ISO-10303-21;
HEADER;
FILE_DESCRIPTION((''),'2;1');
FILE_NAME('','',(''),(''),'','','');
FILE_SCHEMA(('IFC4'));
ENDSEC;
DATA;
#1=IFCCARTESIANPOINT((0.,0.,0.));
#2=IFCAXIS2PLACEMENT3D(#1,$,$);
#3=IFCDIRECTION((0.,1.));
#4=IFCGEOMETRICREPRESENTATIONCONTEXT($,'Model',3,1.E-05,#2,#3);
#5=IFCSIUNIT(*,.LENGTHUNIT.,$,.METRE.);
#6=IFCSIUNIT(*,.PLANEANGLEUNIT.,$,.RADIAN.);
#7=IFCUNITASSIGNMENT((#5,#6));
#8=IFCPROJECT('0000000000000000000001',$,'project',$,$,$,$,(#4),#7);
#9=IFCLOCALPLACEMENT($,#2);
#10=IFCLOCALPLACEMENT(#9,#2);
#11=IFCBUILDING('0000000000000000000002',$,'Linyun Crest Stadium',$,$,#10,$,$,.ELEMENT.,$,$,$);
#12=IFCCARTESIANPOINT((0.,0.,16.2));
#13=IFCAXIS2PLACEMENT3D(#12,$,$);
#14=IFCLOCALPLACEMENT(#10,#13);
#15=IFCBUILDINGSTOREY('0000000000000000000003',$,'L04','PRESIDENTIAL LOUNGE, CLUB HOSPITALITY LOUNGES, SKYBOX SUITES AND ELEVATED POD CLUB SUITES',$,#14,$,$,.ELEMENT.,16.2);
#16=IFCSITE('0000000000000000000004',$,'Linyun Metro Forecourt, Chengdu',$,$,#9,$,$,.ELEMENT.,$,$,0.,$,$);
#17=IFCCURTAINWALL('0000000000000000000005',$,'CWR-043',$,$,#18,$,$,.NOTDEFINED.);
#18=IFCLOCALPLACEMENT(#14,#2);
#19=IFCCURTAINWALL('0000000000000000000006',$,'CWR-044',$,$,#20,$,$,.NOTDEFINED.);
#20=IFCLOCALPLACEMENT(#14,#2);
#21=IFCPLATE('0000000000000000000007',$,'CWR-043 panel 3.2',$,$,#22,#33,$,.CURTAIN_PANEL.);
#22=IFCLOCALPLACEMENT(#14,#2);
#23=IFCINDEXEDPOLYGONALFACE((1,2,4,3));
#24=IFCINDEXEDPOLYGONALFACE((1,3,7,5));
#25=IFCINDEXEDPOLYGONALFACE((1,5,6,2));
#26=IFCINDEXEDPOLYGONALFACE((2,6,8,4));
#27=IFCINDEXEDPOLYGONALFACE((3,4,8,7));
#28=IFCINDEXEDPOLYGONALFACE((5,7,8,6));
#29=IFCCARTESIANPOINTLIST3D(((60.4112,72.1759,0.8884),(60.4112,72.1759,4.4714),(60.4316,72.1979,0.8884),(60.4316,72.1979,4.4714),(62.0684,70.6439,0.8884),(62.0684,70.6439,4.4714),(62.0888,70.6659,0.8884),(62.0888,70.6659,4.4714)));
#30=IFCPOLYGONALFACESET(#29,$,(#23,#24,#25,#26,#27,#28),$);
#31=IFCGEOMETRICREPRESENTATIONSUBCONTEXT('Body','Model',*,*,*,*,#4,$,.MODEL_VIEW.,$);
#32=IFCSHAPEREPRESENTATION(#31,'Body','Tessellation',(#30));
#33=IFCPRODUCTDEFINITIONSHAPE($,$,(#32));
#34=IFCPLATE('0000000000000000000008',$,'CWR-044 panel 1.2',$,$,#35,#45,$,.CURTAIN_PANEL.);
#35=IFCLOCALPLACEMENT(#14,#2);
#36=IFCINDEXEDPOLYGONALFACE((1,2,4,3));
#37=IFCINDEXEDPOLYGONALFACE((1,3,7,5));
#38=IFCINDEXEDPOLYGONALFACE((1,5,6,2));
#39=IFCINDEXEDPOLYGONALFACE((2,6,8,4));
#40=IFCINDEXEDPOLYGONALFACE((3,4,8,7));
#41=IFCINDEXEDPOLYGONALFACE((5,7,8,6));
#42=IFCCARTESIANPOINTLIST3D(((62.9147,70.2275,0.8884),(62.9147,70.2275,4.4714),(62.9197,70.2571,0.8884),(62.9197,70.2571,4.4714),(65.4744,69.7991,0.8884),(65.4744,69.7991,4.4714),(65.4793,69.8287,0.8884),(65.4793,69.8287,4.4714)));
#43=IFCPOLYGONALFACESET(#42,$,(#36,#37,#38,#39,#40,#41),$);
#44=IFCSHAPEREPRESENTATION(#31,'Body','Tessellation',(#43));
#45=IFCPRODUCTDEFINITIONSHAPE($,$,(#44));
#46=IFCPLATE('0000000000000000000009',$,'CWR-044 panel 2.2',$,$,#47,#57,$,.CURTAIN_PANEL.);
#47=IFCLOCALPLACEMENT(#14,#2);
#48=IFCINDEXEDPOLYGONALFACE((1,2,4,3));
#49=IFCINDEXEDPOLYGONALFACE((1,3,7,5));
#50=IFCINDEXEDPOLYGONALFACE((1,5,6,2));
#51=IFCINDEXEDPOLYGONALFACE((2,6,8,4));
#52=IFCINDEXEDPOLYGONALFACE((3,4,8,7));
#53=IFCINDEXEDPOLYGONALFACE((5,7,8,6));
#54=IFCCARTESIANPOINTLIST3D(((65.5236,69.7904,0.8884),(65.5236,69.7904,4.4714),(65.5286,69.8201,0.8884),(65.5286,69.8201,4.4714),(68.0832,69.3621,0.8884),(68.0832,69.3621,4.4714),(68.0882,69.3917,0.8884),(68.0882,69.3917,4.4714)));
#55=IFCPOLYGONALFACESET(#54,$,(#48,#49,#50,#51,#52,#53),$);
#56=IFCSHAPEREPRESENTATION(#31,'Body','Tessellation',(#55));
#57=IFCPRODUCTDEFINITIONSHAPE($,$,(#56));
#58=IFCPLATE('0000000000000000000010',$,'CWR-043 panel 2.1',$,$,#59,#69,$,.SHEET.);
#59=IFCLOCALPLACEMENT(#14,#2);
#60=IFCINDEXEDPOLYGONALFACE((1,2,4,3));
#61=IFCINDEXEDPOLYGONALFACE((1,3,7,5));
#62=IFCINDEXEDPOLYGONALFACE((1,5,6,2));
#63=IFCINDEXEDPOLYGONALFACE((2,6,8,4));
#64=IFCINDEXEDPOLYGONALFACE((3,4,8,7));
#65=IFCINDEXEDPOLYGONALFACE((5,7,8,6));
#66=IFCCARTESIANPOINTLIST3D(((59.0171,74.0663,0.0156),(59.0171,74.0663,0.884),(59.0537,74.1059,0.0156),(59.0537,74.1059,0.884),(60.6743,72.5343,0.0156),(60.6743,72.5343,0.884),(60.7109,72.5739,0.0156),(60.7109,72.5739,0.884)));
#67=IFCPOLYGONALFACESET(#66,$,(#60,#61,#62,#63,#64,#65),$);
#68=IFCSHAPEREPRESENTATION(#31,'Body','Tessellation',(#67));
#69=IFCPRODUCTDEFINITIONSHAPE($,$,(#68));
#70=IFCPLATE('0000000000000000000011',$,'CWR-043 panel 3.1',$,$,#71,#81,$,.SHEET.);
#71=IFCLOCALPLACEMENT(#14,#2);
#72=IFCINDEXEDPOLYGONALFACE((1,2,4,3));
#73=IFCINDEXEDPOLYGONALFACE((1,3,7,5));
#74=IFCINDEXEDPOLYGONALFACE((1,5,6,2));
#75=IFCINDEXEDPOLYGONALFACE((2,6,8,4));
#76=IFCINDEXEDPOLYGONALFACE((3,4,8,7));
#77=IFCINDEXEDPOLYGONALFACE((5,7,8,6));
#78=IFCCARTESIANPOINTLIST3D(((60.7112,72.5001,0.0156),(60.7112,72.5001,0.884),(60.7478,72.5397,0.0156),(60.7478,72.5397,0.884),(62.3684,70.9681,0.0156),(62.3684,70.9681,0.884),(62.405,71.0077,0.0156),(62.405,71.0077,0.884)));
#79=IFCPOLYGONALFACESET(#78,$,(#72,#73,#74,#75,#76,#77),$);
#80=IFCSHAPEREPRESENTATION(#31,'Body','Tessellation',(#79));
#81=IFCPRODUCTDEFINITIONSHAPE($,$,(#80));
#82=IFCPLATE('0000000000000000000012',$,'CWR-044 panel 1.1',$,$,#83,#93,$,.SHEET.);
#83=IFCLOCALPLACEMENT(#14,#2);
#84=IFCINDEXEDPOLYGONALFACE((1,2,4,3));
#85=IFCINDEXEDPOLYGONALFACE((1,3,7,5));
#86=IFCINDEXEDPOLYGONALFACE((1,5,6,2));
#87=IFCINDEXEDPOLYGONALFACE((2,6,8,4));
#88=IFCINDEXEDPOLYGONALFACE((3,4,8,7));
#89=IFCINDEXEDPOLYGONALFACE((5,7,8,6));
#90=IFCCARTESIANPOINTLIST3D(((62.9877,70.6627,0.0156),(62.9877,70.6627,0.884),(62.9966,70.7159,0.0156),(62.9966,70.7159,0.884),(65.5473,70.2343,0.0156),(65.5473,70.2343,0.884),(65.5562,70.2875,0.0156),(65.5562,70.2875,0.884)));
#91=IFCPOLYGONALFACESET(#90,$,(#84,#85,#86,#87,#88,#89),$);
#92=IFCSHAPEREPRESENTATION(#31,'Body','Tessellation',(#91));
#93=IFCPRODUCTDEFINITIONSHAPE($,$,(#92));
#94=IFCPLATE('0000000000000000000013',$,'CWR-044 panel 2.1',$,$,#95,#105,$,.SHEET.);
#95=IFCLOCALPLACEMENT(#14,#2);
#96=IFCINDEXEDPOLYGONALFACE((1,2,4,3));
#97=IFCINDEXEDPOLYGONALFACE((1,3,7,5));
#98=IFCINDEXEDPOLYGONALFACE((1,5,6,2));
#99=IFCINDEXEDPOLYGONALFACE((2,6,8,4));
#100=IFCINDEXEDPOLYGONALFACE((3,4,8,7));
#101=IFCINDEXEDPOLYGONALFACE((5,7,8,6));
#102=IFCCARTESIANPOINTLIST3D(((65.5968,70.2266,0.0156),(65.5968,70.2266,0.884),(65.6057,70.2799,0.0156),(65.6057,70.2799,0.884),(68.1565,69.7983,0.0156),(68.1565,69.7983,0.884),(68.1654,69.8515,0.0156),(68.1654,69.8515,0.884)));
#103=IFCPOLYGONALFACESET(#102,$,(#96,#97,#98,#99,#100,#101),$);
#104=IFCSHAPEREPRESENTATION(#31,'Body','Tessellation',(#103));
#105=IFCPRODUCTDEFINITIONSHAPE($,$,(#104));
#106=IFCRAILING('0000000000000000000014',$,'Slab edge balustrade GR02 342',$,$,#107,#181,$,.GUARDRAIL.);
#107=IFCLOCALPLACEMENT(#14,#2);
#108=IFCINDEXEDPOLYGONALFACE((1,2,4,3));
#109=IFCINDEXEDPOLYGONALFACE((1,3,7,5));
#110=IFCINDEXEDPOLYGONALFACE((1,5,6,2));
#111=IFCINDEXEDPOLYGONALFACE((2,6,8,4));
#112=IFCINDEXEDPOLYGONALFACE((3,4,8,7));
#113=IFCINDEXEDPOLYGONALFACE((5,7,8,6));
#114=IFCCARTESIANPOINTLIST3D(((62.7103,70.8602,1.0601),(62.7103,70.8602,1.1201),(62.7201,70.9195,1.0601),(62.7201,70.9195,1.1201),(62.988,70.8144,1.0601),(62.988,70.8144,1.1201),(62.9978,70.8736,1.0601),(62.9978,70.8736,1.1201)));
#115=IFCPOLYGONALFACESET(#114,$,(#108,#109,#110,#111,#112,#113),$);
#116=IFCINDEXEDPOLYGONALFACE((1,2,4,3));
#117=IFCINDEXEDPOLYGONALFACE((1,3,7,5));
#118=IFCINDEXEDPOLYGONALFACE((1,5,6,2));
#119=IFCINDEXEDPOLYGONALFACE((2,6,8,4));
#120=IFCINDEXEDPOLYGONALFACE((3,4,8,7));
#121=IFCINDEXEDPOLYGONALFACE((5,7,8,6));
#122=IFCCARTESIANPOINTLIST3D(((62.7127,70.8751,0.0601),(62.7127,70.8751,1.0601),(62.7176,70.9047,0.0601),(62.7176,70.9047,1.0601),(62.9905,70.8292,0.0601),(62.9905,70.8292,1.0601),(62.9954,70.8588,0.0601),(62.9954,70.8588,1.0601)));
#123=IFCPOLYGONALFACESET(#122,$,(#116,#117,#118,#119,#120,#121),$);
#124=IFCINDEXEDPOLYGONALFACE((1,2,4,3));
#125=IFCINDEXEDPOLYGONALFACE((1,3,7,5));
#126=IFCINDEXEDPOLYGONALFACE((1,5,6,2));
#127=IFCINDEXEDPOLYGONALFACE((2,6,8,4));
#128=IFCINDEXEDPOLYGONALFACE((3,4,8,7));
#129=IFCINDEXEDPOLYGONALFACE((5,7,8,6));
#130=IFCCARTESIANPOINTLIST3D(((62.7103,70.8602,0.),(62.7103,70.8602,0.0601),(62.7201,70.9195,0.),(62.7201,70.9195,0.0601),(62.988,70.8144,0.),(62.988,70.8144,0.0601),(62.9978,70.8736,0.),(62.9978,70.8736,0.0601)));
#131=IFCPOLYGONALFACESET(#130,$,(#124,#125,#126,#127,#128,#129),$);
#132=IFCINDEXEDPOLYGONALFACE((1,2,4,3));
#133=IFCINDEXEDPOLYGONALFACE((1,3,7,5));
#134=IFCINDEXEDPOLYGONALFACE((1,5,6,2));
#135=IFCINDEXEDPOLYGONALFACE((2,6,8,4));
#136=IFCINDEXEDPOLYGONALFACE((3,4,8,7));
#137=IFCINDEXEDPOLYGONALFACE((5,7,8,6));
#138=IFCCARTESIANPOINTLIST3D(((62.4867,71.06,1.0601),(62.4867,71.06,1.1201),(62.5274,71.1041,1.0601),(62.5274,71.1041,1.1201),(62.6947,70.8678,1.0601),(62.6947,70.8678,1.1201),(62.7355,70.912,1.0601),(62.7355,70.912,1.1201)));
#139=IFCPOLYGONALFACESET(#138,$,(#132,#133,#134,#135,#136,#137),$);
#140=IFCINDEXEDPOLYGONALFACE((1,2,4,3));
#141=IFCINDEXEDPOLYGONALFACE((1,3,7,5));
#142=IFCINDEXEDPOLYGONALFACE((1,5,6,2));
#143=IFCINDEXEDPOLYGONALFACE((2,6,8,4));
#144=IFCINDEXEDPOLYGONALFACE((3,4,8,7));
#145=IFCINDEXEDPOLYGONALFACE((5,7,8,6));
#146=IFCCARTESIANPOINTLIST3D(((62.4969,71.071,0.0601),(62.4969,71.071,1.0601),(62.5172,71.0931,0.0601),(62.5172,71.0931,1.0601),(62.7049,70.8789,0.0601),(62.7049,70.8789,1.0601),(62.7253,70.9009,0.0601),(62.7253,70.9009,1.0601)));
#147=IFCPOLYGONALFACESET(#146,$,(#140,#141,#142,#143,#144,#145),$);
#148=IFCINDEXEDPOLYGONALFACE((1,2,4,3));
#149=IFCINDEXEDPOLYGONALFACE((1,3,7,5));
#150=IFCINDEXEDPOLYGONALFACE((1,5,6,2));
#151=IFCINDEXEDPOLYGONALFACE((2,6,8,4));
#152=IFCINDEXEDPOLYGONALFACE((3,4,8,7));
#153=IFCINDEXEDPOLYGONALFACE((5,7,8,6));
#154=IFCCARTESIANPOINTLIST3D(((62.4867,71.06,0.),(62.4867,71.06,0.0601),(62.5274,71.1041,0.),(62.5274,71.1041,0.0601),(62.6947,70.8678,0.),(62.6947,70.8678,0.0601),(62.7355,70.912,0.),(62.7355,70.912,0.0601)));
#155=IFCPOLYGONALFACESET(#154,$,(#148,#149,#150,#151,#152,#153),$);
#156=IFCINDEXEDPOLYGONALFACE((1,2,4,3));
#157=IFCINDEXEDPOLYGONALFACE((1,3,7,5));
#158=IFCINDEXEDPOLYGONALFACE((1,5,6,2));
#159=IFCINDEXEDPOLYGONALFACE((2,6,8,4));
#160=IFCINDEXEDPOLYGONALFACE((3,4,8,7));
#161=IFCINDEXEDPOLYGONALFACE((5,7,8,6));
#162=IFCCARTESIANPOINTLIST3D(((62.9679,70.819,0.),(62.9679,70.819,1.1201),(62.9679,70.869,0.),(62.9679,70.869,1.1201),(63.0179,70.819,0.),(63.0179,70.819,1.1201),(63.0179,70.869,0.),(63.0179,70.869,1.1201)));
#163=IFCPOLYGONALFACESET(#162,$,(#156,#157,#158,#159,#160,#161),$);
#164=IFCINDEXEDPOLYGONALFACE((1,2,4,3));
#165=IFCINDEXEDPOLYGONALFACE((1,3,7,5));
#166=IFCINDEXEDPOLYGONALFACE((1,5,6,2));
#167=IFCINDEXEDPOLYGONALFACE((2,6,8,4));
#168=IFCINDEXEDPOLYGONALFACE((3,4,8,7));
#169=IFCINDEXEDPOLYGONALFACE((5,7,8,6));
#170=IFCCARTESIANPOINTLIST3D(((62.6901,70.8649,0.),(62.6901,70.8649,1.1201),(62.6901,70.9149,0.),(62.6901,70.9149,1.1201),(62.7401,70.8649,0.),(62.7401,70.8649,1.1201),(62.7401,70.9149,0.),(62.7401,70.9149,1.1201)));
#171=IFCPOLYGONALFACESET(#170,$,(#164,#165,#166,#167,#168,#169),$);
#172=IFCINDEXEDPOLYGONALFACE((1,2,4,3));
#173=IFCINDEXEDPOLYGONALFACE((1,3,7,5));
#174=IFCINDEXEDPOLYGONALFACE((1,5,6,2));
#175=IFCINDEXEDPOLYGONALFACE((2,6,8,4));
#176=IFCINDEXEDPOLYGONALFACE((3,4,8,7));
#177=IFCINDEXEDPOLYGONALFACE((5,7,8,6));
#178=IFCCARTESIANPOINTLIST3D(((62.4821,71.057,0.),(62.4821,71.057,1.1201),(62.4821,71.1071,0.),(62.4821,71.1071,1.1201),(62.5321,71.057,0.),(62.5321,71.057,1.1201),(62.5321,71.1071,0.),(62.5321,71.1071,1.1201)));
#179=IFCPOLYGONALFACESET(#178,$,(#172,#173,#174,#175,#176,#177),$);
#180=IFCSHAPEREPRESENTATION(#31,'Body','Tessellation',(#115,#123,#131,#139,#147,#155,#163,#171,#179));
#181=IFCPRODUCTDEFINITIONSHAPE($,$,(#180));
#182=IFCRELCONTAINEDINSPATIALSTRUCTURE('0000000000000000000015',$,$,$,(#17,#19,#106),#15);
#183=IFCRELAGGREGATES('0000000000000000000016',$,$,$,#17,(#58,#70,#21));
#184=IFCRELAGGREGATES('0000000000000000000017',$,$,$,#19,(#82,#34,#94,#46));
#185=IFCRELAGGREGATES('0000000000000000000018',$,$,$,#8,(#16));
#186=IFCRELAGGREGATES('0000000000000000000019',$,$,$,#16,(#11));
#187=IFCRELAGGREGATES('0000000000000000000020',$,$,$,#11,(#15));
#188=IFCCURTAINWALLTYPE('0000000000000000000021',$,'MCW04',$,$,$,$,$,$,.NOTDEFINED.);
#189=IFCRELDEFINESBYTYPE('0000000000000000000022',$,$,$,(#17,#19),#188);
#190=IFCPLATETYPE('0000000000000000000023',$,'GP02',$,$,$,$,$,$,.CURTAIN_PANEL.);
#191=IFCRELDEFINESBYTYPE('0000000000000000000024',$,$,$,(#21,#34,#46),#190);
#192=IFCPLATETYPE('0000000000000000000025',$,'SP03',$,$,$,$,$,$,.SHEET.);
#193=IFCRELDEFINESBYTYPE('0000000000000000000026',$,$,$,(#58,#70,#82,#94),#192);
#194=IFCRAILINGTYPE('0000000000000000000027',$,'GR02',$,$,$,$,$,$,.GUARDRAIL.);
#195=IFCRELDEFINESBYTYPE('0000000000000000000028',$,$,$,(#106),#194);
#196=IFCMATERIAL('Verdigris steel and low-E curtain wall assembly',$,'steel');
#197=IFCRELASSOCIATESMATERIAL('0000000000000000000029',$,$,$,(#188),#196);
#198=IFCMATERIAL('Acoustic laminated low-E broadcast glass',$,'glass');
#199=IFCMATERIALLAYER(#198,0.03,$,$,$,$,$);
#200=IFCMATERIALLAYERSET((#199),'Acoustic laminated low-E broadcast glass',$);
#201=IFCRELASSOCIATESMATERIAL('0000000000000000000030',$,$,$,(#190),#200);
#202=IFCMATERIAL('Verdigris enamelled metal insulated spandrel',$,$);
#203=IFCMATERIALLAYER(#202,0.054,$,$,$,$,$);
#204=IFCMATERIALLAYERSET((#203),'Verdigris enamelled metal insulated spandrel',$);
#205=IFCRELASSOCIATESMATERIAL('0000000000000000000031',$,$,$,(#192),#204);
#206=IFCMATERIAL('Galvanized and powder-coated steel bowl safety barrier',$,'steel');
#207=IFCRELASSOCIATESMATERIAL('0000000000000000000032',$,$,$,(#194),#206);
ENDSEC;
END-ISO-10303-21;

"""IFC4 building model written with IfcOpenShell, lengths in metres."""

from ifc_helpers import new_model, si_unit, direction, frame, origin, origin_2d, place, context, subcontext, project, spatial, rectangle, extrude, material, layer, layer_set, type_object, element, aggregate, save


model = new_model("IFC4")

# Units and contexts
model_context = context("Model", 3, precision=1e-05, world=origin(), true_north=direction((0.0, 1.0)))
body_context = subcontext(model_context, "Body", "Model", "MODEL_VIEW")
ifc_project = project(units=[si_unit("LENGTHUNIT", "METRE"), si_unit("PLANEANGLEUNIT", "RADIAN")], contexts=[model_context])

# Site, building, storey
site_placement = place(None, origin())
site = spatial("IfcSite", under=ifc_project, at=site_placement, Name="Linyun Metro Forecourt, Chengdu", CompositionType="ELEMENT", RefElevation=0.0)
building_placement = place(site_placement, origin())
building = spatial("IfcBuilding", under=site, at=building_placement, Name="Linyun Crest Stadium", CompositionType="ELEMENT")
storey_placement = place(building_placement, frame((0.0, 0.0, 16.2)))
storey = spatial("IfcBuildingStorey", under=building, at=storey_placement, Name="L04", Description="PRESIDENTIAL LOUNGE, CLUB HOSPITALITY LOUNGES, SKYBOX SUITES AND ELEVATED POD CLUB SUITES", CompositionType="ELEMENT", Elevation=16.2)

# Curtain walls
ifc_material_1 = material(Name="Verdigris steel and low-E curtain wall assembly", Category="steel")
curtain_wall_type = type_object("IfcCurtainWallType", Name="MCW04", PredefinedType="NOTDEFINED", material=ifc_material_1)
curtain_wall_1_placement = place(storey_placement, origin())
curtain_wall_1 = element("IfcCurtainWall", 1, at=curtain_wall_1_placement, inside=storey, type_object=curtain_wall_type, Name="CWR-043", PredefinedType="NOTDEFINED")
curtain_wall_2_placement = place(storey_placement, origin())
curtain_wall_2 = element("IfcCurtainWall", 2, at=curtain_wall_2_placement, inside=storey, type_object=curtain_wall_type, Name="CWR-044", PredefinedType="NOTDEFINED")

# Plates
ifc_material_2 = material(Name="Acoustic laminated low-E broadcast glass", Category="glass")
ifc_layer_1 = layer(ifc_material_2, 0.03)
ifc_layer_set_1 = layer_set([ifc_layer_1], Name="Acoustic laminated low-E broadcast glass")
plate_type_1 = type_object("IfcPlateType", Name="GP02", PredefinedType="CURTAIN_PANEL", material=ifc_layer_set_1)
plate_1_placement = place(storey_placement, frame((61.25, 71.4209, 0.8884), z_axis=(0.0, 0.0, 1.0), x_axis=(0.734299, -0.678826, 0.0)))
plate_1 = element("IfcPlate", 3, at=plate_1_placement, type_object=plate_type_1, Name="CWR-043 panel 3.2", PredefinedType="CURTAIN_PANEL", context=body_context, shape_type="SweptSolid", body=[
    extrude(rectangle(XDim=2.2568, YDim=0.03, at=origin_2d()), origin(), (0.0, 0.0, 1.0), 3.583),
])
plate_2_placement = place(storey_placement, frame((64.197, 70.0281, 0.8884), z_axis=(0.0, 0.0, 1.0), x_axis=(0.986283, -0.165065, 0.0)))
plate_2 = element("IfcPlate", 4, at=plate_2_placement, type_object=plate_type_1, Name="CWR-044 panel 1.2", PredefinedType="CURTAIN_PANEL", context=body_context, shape_type="SweptSolid", body=[
    extrude(rectangle(XDim=2.5952, YDim=0.03, at=origin_2d()), origin(), (0.0, 0.0, 1.0), 3.583),
])
plate_3_placement = place(storey_placement, frame((66.8059, 69.5911, 0.8884), z_axis=(0.0, 0.0, 1.0), x_axis=(0.986283, -0.165065, 0.0)))
plate_3 = element("IfcPlate", 5, at=plate_3_placement, type_object=plate_type_1, Name="CWR-044 panel 2.2", PredefinedType="CURTAIN_PANEL", context=body_context, shape_type="SweptSolid", body=[
    extrude(rectangle(XDim=2.5952, YDim=0.03, at=origin_2d()), origin(), (0.0, 0.0, 1.0), 3.583),
])
ifc_material_3 = material(Name="Verdigris enamelled metal insulated spandrel")
ifc_layer_2 = layer(ifc_material_3, 0.054)
ifc_layer_set_2 = layer_set([ifc_layer_2], Name="Verdigris enamelled metal insulated spandrel")
plate_type_2 = type_object("IfcPlateType", Name="SP03", PredefinedType="SHEET", material=ifc_layer_set_2)
plate_4_placement = place(storey_placement, frame((59.864, 73.3201, 0.0156), z_axis=(0.0, 0.0, 1.0), x_axis=(0.734299, -0.678826, 0.0)))
plate_4 = element("IfcPlate", 6, at=plate_4_placement, type_object=plate_type_2, Name="CWR-043 panel 2.1", PredefinedType="SHEET", context=body_context, shape_type="SweptSolid", body=[
    extrude(rectangle(XDim=2.2568, YDim=0.054, at=origin_2d()), origin(), (0.0, 0.0, 1.0), 0.8684),
])
plate_5_placement = place(storey_placement, frame((61.5581, 71.7539, 0.0156), z_axis=(0.0, 0.0, 1.0), x_axis=(0.734299, -0.678826, 0.0)))
plate_5 = element("IfcPlate", 7, at=plate_5_placement, type_object=plate_type_2, Name="CWR-043 panel 3.1", PredefinedType="SHEET", context=body_context, shape_type="SweptSolid", body=[
    extrude(rectangle(XDim=2.2568, YDim=0.054, at=origin_2d()), origin(), (0.0, 0.0, 1.0), 0.8684),
])
aggregate(curtain_wall_1, [plate_4, plate_5, plate_1])
plate_6_placement = place(storey_placement, frame((64.272, 70.4751, 0.0156), z_axis=(0.0, 0.0, 1.0), x_axis=(0.986283, -0.165065, 0.0)))
plate_6 = element("IfcPlate", 8, at=plate_6_placement, type_object=plate_type_2, Name="CWR-044 panel 1.1", PredefinedType="SHEET", context=body_context, shape_type="SweptSolid", body=[
    extrude(rectangle(XDim=2.5952, YDim=0.054, at=origin_2d()), origin(), (0.0, 0.0, 1.0), 0.8684),
])
plate_7_placement = place(storey_placement, frame((66.8811, 70.0391, 0.0156), z_axis=(0.0, 0.0, 1.0), x_axis=(0.986283, -0.165065, 0.0)))
plate_7 = element("IfcPlate", 9, at=plate_7_placement, type_object=plate_type_2, Name="CWR-044 panel 2.1", PredefinedType="SHEET", context=body_context, shape_type="SweptSolid", body=[
    extrude(rectangle(XDim=2.5952, YDim=0.054, at=origin_2d()), origin(), (0.0, 0.0, 1.0), 0.8684),
])
aggregate(curtain_wall_2, [plate_6, plate_2, plate_7, plate_3])

# Railing
ifc_material_4 = material(Name="Galvanized and powder-coated steel bowl safety barrier", Category="steel")
railing_type = type_object("IfcRailingType", Name="GR02", PredefinedType="GUARDRAIL", material=ifc_material_4)
railing_1_placement = place(storey_placement, frame((62.9929, 70.844, 0.0)))
element("IfcRailing", 10, at=railing_1_placement, inside=storey, type_object=railing_type, Name="Slab edge balustrade GR02 342", PredefinedType="GUARDRAIL", context=body_context, shape_type="SweptSolid", body=[
    extrude(rectangle(XDim=0.0601, YDim=0.0601, at=origin_2d()), frame((0.0, 0.0, 1.0901), z_axis=(-0.986627, 0.162993, 0.0), x_axis=(-0.162993, -0.986627, 0.0)), (0.0, 0.0, 1.0), 0.2815),
    extrude(rectangle(XDim=0.03, YDim=1.0, at=origin_2d()), frame((0.0, 0.0, 0.5601), z_axis=(-0.986627, 0.162993, 0.0), x_axis=(-0.162993, -0.986627, 0.0)), (0.0, 0.0, 1.0), 0.2815),
    extrude(rectangle(XDim=0.0601, YDim=0.0601, at=origin_2d()), frame((0.0, 0.0, 0.03), z_axis=(-0.986627, 0.162993, 0.0), x_axis=(-0.162993, -0.986627, 0.0)), (0.0, 0.0, 1.0), 0.2815),
    extrude(rectangle(XDim=0.0601, YDim=0.0601, at=origin_2d()), frame((-0.2778, 0.0459, 1.0901), z_axis=(-0.734572, 0.678531, 0.0), x_axis=(-0.678531, -0.734572, 0.0)), (0.0, 0.0, 1.0), 0.2832),
    extrude(rectangle(XDim=0.03, YDim=1.0, at=origin_2d()), frame((-0.2778, 0.0459, 0.5601), z_axis=(-0.734572, 0.678531, 0.0), x_axis=(-0.678531, -0.734572, 0.0)), (0.0, 0.0, 1.0), 0.2832),
    extrude(rectangle(XDim=0.0601, YDim=0.0601, at=origin_2d()), frame((-0.2778, 0.0459, 0.03), z_axis=(-0.734572, 0.678531, 0.0), x_axis=(-0.678531, -0.734572, 0.0)), (0.0, 0.0, 1.0), 0.2832),
    extrude(rectangle(XDim=0.05, YDim=0.05, at=origin_2d()), origin(), (0.0, 0.0, 1.0), 1.1201),
    extrude(rectangle(XDim=0.05, YDim=0.05, at=origin_2d()), frame((-0.2778, 0.0459, 0.0)), (0.0, 0.0, 1.0), 1.1201),
    extrude(rectangle(XDim=0.05, YDim=0.05, at=origin_2d()), frame((-0.4858, 0.238, 0.0)), (0.0, 0.0, 1.0), 1.1201),
])

save(model, "model.ifc")
